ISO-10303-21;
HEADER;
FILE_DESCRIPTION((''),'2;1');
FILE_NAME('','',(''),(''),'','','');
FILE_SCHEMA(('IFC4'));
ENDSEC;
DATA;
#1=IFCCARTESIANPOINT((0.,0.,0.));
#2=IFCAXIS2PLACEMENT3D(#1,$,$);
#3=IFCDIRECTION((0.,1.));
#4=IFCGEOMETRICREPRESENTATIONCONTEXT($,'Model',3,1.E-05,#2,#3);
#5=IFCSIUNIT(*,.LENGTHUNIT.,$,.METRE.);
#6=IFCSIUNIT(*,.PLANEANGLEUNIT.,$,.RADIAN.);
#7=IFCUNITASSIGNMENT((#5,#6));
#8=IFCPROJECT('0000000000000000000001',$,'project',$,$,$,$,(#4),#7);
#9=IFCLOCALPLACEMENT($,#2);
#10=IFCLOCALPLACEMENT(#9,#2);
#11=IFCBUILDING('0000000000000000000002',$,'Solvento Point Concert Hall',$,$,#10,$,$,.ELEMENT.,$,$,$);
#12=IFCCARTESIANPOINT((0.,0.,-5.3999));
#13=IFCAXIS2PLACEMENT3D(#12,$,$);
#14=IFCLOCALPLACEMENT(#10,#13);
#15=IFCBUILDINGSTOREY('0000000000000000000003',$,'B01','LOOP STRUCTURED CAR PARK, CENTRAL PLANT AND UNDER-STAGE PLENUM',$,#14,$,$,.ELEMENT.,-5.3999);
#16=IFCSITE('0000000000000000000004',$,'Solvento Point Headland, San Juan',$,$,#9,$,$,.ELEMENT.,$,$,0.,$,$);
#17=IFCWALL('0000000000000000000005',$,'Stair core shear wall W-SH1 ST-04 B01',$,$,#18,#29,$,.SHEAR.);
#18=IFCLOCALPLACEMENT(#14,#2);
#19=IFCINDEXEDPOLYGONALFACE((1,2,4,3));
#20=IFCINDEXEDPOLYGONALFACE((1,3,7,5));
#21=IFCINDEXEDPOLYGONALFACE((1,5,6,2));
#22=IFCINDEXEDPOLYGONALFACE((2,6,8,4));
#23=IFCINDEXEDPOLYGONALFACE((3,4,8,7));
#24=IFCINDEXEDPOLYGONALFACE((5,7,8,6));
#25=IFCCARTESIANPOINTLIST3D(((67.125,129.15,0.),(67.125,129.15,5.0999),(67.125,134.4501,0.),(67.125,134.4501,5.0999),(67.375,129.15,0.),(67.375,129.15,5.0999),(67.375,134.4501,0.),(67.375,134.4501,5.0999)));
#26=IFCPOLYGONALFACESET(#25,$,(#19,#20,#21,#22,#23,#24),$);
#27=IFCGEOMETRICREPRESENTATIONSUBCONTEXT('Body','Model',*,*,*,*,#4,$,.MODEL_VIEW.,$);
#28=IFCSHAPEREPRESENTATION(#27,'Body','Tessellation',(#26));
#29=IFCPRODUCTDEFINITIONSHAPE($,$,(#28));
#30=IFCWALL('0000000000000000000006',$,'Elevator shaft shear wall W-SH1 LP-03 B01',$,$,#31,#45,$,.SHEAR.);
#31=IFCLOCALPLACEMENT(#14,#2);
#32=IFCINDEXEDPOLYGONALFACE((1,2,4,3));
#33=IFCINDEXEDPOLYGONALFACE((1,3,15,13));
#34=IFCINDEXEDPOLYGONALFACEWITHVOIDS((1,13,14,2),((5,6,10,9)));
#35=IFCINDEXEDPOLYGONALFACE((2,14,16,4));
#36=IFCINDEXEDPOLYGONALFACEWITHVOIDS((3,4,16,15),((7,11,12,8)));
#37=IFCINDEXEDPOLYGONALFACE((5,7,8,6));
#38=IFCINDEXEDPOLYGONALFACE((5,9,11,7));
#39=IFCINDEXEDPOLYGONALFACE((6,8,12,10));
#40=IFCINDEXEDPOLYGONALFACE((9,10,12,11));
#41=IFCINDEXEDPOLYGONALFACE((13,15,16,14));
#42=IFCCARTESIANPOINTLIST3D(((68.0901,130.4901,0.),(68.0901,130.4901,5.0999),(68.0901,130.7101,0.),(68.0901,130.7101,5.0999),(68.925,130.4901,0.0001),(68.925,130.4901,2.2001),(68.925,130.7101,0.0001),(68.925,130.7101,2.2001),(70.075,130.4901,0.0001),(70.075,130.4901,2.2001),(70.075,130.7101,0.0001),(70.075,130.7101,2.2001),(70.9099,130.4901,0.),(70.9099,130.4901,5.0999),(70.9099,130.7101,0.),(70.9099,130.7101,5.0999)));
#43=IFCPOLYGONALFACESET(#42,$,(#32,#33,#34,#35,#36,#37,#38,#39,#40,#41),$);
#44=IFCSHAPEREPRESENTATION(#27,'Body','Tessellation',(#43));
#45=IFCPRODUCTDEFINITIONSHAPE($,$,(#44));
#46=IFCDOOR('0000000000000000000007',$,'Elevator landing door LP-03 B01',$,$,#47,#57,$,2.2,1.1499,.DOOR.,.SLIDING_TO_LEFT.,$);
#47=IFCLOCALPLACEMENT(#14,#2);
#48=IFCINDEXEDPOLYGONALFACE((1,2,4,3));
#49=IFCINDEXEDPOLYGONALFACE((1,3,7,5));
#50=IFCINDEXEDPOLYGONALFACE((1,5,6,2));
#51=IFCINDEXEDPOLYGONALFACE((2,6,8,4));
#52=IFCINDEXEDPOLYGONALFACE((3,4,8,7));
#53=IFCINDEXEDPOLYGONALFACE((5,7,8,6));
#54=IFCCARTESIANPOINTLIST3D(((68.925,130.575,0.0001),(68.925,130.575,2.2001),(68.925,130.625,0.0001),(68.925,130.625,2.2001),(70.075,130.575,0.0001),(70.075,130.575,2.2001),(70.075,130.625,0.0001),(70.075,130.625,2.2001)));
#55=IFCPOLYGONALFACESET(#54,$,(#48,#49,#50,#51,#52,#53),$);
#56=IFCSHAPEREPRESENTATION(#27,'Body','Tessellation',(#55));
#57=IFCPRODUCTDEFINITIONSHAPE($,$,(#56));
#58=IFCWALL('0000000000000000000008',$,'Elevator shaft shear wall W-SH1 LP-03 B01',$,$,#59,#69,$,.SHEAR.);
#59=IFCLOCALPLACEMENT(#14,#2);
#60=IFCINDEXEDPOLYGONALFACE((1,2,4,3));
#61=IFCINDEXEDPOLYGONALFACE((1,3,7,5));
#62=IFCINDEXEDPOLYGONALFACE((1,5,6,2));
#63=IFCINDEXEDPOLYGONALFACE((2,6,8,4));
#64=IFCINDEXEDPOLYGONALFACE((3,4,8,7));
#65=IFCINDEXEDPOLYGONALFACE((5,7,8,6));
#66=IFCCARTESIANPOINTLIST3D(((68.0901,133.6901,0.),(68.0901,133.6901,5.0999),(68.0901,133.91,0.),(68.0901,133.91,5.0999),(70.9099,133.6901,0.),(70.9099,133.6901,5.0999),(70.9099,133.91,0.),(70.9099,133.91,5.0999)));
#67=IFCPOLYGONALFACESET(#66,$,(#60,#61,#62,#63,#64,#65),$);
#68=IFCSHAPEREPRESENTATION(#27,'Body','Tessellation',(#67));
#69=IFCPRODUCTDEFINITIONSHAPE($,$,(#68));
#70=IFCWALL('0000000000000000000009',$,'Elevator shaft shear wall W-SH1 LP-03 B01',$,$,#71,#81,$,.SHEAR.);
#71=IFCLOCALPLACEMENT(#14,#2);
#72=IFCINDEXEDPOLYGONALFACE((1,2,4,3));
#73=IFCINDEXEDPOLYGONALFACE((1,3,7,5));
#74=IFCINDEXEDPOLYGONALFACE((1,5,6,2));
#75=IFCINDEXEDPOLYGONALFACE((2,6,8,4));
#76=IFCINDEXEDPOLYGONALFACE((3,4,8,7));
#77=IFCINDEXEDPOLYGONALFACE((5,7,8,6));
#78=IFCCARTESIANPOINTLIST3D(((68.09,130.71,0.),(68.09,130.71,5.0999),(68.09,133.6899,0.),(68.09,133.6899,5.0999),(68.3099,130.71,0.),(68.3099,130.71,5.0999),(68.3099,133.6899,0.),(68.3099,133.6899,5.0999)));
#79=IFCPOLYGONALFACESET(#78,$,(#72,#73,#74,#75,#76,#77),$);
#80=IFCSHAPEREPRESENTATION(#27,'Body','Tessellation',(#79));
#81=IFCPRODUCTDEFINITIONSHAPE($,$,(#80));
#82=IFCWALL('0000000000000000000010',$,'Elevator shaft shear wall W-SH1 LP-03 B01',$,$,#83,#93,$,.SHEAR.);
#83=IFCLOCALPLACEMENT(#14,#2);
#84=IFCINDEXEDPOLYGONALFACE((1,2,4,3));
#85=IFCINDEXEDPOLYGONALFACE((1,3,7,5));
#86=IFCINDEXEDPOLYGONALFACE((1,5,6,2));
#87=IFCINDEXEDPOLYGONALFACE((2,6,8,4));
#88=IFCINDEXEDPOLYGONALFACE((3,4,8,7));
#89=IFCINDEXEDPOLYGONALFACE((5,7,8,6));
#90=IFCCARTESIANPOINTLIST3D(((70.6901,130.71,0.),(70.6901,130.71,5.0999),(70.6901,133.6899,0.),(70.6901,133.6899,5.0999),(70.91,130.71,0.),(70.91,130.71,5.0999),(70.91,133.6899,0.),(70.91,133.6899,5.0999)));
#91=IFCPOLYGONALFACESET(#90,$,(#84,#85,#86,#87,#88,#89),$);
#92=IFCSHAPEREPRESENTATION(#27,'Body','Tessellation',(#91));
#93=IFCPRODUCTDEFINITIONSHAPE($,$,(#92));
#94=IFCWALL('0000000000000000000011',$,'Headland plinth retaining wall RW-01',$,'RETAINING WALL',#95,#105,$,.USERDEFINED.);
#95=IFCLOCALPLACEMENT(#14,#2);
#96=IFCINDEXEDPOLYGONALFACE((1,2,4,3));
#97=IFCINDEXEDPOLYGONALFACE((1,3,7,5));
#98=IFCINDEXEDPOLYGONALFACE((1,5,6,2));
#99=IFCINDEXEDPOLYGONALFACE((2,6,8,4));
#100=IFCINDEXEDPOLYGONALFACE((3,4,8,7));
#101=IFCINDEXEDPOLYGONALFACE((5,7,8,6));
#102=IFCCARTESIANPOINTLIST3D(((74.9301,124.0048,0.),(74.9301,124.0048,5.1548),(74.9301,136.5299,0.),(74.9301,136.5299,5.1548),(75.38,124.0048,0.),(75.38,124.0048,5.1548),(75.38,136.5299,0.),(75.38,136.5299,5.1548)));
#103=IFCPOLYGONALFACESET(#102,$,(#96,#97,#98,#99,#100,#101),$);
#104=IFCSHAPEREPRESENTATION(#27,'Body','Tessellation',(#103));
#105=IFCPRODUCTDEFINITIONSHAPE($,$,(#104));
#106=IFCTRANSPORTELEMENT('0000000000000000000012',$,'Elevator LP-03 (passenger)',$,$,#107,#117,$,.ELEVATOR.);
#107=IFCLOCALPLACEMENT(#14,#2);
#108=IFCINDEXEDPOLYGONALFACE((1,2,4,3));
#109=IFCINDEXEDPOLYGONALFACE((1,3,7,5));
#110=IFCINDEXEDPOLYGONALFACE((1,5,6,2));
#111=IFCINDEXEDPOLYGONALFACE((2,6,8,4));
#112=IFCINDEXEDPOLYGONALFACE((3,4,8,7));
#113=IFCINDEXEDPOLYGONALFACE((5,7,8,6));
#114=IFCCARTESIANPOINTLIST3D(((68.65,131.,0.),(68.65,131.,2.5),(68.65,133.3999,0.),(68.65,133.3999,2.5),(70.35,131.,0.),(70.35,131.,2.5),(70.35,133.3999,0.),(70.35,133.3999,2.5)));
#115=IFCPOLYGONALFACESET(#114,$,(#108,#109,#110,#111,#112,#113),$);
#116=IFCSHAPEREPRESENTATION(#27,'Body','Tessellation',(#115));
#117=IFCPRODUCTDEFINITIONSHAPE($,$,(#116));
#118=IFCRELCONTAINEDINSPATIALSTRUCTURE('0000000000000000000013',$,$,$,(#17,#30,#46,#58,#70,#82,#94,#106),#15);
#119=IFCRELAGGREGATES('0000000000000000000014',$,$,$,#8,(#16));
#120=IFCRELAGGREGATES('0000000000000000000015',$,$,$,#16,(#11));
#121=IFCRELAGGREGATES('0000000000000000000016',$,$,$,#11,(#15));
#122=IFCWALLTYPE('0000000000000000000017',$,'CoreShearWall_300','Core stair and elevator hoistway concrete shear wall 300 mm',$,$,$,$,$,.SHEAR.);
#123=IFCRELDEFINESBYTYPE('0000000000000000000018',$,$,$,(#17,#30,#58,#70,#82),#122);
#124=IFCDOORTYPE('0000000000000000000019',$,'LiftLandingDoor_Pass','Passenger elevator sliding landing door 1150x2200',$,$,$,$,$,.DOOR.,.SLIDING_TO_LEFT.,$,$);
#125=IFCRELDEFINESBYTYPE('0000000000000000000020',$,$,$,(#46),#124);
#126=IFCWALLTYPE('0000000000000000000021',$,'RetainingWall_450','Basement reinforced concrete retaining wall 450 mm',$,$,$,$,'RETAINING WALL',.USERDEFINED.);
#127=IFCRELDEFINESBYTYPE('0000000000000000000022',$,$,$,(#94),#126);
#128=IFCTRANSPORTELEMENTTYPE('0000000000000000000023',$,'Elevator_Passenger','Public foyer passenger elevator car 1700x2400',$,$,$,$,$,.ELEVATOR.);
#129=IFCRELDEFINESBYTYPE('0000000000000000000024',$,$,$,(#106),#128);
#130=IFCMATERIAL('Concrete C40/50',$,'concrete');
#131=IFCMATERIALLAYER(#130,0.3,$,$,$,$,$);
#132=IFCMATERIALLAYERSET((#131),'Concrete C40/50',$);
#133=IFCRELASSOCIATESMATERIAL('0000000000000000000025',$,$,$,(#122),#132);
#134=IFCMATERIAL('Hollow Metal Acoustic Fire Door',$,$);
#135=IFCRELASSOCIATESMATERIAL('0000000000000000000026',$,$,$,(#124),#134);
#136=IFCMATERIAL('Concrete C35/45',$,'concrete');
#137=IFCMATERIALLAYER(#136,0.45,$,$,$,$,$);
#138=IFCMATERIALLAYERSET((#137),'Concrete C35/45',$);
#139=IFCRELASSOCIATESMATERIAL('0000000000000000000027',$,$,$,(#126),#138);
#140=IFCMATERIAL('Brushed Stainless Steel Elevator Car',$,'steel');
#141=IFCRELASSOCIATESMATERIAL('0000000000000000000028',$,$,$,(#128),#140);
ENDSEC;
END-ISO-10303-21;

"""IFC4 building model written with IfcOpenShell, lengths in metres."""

from ifc_helpers import new_model, si_unit, direction, frame, frame_2d, origin, origin_2d, place, context, subcontext, project, spatial, rectangle, extrude, material, layer, layer_set, type_object, element, fill, save


model = new_model("IFC4")

# Units and contexts
model_context = context("Model", 3, precision=1e-05, world=origin(), true_north=direction((0.0, 1.0)))
body_context = subcontext(model_context, "Body", "Model", "MODEL_VIEW")
ifc_project = project(units=[si_unit("LENGTHUNIT", "METRE"), si_unit("PLANEANGLEUNIT", "RADIAN")], contexts=[model_context])

# Site, building, storey
site_placement = place(None, origin())
site = spatial("IfcSite", under=ifc_project, at=site_placement, Name="Solvento Point Headland, San Juan", CompositionType="ELEMENT", RefElevation=0.0)
building_placement = place(site_placement, origin())
building = spatial("IfcBuilding", under=site, at=building_placement, Name="Solvento Point Concert Hall", CompositionType="ELEMENT")
storey_placement = place(building_placement, frame((0.0, 0.0, -5.3999)))
storey = spatial("IfcBuildingStorey", under=building, at=storey_placement, Name="B01", Description="LOOP STRUCTURED CAR PARK, CENTRAL PLANT AND UNDER-STAGE PLENUM", CompositionType="ELEMENT", Elevation=-5.3999)

# Wall
ifc_material_1 = material(Name="Concrete C40/50", Category="concrete")
ifc_layer_1 = layer(ifc_material_1, 0.3)
ifc_layer_set_1 = layer_set([ifc_layer_1], Name="Concrete C40/50")
wall_type_1 = type_object("IfcWallType", Name="CoreShearWall_300", Description="Core stair and elevator hoistway concrete shear wall 300 mm", PredefinedType="SHEAR", material=ifc_layer_set_1)
wall_1_placement = place(storey_placement, frame((67.25, 134.45, 0.0), z_axis=(0.0, 0.0, 1.0), x_axis=(0.0, -1.0, 0.0)))
element("IfcWall", 1, at=wall_1_placement, inside=storey, type_object=wall_type_1, Name="Stair core shear wall W-SH1 ST-04 B01", PredefinedType="SHEAR", context=body_context, shape_type="SweptSolid", body=[
    extrude(rectangle(XDim=5.3, YDim=0.25, at=frame_2d((2.6499, 0.0))), origin(), (0.0, 0.0, 1.0), 5.0999),
])

# Wall, opening, door
wall_2_placement = place(storey_placement, frame((68.0901, 130.6001, 0.0), z_axis=(0.0, 0.0, 1.0), x_axis=(1.0, 0.0, 0.0)))
wall_2 = element("IfcWall", 2, at=wall_2_placement, inside=storey, type_object=wall_type_1, Name="Elevator shaft shear wall W-SH1 LP-03 B01", PredefinedType="SHEAR", context=body_context, shape_type="SweptSolid", body=[
    extrude(rectangle(XDim=2.8198, YDim=0.22, at=frame_2d((1.4099, 0.0))), origin(), (0.0, 0.0, 1.0), 5.0999),
])
opening_placement = place(wall_2_placement, frame((0.835, 0.0, 0.0)))
opening = element("IfcOpeningElement", 3, at=opening_placement, cuts=wall_2, PredefinedType="OPENING", context=body_context, shape_type="SweptSolid", body=[
    extrude(rectangle(XDim=1.1499, YDim=2.2, at=frame_2d((0.575, 1.1001))), frame((0.0, 0.1199, 0.0), z_axis=(0.0, -1.0, 0.0), x_axis=(1.0, 0.0, 0.0)), (0.0, 0.0, 1.0), 0.24),
])
ifc_material_2 = material(Name="Hollow Metal Acoustic Fire Door")
door_type = type_object("IfcDoorType", Name="LiftLandingDoor_Pass", Description="Passenger elevator sliding landing door 1150x2200", OperationType="SLIDING_TO_LEFT", PredefinedType="DOOR", material=ifc_material_2)
door_placement = place(opening_placement, origin())
door = element("IfcDoor", 4, at=door_placement, inside=storey, type_object=door_type, Name="Elevator landing door LP-03 B01", OperationType="SLIDING_TO_LEFT", OverallHeight=2.2, OverallWidth=1.1499, PredefinedType="DOOR", context=body_context, shape_type="SweptSolid", body=[
    extrude(rectangle(XDim=1.1499, YDim=2.2, at=frame_2d((0.575, 1.1001))), frame((0.0, 0.0249, 0.0), z_axis=(0.0, -1.0, 0.0), x_axis=(1.0, 0.0, 0.0)), (0.0, 0.0, 1.0), 0.05),
])
fill(opening, door)

# Walls
wall_3_placement = place(storey_placement, frame((68.0901, 133.8, 0.0), z_axis=(0.0, 0.0, 1.0), x_axis=(1.0, 0.0, 0.0)))
element("IfcWall", 5, at=wall_3_placement, inside=storey, type_object=wall_type_1, Name="Elevator shaft shear wall W-SH1 LP-03 B01", PredefinedType="SHEAR", context=body_context, shape_type="SweptSolid", body=[
    extrude(rectangle(XDim=2.8198, YDim=0.22, at=frame_2d((1.4099, 0.0))), origin(), (0.0, 0.0, 1.0), 5.0999),
])
for number, where, z_axis, x_axis, name in (
    (6, (68.2, 130.71, 0.0), (0.0, 0.0, 1.0), (0.0, 1.0, 0.0), "Elevator shaft shear wall W-SH1 LP-03 B01"),
    (7, (70.8, 130.71, 0.0), (0.0, 0.0, 1.0), (0.0, 1.0, 0.0), "Elevator shaft shear wall W-SH1 LP-03 B01"),
):
    element("IfcWall", number, at=place(storey_placement, frame(where, z_axis=z_axis, x_axis=x_axis)), inside=storey, type_object=wall_type_1, Name=name, PredefinedType="SHEAR", context=body_context, shape_type="SweptSolid", body=[
        extrude(rectangle(XDim=2.98, YDim=0.22, at=frame_2d((1.49, 0.0))), origin(), (0.0, 0.0, 1.0), 5.0999),
    ])
ifc_material_3 = material(Name="Concrete C35/45", Category="concrete")
ifc_layer_2 = layer(ifc_material_3, 0.45)
ifc_layer_set_2 = layer_set([ifc_layer_2], Name="Concrete C35/45")
wall_type_2 = type_object("IfcWallType", Name="RetainingWall_450", Description="Basement reinforced concrete retaining wall 450 mm", ElementType="RETAINING WALL", PredefinedType="USERDEFINED", material=ifc_layer_set_2)
wall_4_placement = place(storey_placement, frame((75.155, 136.53, 0.0), z_axis=(0.0, 0.0, 1.0), x_axis=(0.0, -1.0, 0.0)))
element("IfcWall", 8, at=wall_4_placement, inside=storey, type_object=wall_type_2, Name="Headland plinth retaining wall RW-01", ObjectType="RETAINING WALL", PredefinedType="USERDEFINED", context=body_context, shape_type="SweptSolid", body=[
    extrude(rectangle(XDim=12.5251, YDim=0.45, at=frame_2d((6.2627, 0.0))), origin(), (0.0, 0.0, 1.0), 5.1548),
])

# Transport element
ifc_material_4 = material(Name="Brushed Stainless Steel Elevator Car", Category="steel")
transport_element_type = type_object("IfcTransportElementType", Name="Elevator_Passenger", Description="Public foyer passenger elevator car 1700x2400", PredefinedType="ELEVATOR", material=ifc_material_4)
transport_element_placement = place(storey_placement, frame((69.5, 132.2, 0.0), z_axis=(0.0, 0.0, 1.0), x_axis=(1.0, 0.0, 0.0)))
element("IfcTransportElement", 9, at=transport_element_placement, inside=storey, type_object=transport_element_type, Name="Elevator LP-03 (passenger)", PredefinedType="ELEVATOR", context=body_context, shape_type="SweptSolid", body=[
    extrude(rectangle(XDim=1.7, YDim=2.3999, at=origin_2d()), origin(), (0.0, 0.0, 1.0), 2.5),
])

save(model, "model.ifc")
